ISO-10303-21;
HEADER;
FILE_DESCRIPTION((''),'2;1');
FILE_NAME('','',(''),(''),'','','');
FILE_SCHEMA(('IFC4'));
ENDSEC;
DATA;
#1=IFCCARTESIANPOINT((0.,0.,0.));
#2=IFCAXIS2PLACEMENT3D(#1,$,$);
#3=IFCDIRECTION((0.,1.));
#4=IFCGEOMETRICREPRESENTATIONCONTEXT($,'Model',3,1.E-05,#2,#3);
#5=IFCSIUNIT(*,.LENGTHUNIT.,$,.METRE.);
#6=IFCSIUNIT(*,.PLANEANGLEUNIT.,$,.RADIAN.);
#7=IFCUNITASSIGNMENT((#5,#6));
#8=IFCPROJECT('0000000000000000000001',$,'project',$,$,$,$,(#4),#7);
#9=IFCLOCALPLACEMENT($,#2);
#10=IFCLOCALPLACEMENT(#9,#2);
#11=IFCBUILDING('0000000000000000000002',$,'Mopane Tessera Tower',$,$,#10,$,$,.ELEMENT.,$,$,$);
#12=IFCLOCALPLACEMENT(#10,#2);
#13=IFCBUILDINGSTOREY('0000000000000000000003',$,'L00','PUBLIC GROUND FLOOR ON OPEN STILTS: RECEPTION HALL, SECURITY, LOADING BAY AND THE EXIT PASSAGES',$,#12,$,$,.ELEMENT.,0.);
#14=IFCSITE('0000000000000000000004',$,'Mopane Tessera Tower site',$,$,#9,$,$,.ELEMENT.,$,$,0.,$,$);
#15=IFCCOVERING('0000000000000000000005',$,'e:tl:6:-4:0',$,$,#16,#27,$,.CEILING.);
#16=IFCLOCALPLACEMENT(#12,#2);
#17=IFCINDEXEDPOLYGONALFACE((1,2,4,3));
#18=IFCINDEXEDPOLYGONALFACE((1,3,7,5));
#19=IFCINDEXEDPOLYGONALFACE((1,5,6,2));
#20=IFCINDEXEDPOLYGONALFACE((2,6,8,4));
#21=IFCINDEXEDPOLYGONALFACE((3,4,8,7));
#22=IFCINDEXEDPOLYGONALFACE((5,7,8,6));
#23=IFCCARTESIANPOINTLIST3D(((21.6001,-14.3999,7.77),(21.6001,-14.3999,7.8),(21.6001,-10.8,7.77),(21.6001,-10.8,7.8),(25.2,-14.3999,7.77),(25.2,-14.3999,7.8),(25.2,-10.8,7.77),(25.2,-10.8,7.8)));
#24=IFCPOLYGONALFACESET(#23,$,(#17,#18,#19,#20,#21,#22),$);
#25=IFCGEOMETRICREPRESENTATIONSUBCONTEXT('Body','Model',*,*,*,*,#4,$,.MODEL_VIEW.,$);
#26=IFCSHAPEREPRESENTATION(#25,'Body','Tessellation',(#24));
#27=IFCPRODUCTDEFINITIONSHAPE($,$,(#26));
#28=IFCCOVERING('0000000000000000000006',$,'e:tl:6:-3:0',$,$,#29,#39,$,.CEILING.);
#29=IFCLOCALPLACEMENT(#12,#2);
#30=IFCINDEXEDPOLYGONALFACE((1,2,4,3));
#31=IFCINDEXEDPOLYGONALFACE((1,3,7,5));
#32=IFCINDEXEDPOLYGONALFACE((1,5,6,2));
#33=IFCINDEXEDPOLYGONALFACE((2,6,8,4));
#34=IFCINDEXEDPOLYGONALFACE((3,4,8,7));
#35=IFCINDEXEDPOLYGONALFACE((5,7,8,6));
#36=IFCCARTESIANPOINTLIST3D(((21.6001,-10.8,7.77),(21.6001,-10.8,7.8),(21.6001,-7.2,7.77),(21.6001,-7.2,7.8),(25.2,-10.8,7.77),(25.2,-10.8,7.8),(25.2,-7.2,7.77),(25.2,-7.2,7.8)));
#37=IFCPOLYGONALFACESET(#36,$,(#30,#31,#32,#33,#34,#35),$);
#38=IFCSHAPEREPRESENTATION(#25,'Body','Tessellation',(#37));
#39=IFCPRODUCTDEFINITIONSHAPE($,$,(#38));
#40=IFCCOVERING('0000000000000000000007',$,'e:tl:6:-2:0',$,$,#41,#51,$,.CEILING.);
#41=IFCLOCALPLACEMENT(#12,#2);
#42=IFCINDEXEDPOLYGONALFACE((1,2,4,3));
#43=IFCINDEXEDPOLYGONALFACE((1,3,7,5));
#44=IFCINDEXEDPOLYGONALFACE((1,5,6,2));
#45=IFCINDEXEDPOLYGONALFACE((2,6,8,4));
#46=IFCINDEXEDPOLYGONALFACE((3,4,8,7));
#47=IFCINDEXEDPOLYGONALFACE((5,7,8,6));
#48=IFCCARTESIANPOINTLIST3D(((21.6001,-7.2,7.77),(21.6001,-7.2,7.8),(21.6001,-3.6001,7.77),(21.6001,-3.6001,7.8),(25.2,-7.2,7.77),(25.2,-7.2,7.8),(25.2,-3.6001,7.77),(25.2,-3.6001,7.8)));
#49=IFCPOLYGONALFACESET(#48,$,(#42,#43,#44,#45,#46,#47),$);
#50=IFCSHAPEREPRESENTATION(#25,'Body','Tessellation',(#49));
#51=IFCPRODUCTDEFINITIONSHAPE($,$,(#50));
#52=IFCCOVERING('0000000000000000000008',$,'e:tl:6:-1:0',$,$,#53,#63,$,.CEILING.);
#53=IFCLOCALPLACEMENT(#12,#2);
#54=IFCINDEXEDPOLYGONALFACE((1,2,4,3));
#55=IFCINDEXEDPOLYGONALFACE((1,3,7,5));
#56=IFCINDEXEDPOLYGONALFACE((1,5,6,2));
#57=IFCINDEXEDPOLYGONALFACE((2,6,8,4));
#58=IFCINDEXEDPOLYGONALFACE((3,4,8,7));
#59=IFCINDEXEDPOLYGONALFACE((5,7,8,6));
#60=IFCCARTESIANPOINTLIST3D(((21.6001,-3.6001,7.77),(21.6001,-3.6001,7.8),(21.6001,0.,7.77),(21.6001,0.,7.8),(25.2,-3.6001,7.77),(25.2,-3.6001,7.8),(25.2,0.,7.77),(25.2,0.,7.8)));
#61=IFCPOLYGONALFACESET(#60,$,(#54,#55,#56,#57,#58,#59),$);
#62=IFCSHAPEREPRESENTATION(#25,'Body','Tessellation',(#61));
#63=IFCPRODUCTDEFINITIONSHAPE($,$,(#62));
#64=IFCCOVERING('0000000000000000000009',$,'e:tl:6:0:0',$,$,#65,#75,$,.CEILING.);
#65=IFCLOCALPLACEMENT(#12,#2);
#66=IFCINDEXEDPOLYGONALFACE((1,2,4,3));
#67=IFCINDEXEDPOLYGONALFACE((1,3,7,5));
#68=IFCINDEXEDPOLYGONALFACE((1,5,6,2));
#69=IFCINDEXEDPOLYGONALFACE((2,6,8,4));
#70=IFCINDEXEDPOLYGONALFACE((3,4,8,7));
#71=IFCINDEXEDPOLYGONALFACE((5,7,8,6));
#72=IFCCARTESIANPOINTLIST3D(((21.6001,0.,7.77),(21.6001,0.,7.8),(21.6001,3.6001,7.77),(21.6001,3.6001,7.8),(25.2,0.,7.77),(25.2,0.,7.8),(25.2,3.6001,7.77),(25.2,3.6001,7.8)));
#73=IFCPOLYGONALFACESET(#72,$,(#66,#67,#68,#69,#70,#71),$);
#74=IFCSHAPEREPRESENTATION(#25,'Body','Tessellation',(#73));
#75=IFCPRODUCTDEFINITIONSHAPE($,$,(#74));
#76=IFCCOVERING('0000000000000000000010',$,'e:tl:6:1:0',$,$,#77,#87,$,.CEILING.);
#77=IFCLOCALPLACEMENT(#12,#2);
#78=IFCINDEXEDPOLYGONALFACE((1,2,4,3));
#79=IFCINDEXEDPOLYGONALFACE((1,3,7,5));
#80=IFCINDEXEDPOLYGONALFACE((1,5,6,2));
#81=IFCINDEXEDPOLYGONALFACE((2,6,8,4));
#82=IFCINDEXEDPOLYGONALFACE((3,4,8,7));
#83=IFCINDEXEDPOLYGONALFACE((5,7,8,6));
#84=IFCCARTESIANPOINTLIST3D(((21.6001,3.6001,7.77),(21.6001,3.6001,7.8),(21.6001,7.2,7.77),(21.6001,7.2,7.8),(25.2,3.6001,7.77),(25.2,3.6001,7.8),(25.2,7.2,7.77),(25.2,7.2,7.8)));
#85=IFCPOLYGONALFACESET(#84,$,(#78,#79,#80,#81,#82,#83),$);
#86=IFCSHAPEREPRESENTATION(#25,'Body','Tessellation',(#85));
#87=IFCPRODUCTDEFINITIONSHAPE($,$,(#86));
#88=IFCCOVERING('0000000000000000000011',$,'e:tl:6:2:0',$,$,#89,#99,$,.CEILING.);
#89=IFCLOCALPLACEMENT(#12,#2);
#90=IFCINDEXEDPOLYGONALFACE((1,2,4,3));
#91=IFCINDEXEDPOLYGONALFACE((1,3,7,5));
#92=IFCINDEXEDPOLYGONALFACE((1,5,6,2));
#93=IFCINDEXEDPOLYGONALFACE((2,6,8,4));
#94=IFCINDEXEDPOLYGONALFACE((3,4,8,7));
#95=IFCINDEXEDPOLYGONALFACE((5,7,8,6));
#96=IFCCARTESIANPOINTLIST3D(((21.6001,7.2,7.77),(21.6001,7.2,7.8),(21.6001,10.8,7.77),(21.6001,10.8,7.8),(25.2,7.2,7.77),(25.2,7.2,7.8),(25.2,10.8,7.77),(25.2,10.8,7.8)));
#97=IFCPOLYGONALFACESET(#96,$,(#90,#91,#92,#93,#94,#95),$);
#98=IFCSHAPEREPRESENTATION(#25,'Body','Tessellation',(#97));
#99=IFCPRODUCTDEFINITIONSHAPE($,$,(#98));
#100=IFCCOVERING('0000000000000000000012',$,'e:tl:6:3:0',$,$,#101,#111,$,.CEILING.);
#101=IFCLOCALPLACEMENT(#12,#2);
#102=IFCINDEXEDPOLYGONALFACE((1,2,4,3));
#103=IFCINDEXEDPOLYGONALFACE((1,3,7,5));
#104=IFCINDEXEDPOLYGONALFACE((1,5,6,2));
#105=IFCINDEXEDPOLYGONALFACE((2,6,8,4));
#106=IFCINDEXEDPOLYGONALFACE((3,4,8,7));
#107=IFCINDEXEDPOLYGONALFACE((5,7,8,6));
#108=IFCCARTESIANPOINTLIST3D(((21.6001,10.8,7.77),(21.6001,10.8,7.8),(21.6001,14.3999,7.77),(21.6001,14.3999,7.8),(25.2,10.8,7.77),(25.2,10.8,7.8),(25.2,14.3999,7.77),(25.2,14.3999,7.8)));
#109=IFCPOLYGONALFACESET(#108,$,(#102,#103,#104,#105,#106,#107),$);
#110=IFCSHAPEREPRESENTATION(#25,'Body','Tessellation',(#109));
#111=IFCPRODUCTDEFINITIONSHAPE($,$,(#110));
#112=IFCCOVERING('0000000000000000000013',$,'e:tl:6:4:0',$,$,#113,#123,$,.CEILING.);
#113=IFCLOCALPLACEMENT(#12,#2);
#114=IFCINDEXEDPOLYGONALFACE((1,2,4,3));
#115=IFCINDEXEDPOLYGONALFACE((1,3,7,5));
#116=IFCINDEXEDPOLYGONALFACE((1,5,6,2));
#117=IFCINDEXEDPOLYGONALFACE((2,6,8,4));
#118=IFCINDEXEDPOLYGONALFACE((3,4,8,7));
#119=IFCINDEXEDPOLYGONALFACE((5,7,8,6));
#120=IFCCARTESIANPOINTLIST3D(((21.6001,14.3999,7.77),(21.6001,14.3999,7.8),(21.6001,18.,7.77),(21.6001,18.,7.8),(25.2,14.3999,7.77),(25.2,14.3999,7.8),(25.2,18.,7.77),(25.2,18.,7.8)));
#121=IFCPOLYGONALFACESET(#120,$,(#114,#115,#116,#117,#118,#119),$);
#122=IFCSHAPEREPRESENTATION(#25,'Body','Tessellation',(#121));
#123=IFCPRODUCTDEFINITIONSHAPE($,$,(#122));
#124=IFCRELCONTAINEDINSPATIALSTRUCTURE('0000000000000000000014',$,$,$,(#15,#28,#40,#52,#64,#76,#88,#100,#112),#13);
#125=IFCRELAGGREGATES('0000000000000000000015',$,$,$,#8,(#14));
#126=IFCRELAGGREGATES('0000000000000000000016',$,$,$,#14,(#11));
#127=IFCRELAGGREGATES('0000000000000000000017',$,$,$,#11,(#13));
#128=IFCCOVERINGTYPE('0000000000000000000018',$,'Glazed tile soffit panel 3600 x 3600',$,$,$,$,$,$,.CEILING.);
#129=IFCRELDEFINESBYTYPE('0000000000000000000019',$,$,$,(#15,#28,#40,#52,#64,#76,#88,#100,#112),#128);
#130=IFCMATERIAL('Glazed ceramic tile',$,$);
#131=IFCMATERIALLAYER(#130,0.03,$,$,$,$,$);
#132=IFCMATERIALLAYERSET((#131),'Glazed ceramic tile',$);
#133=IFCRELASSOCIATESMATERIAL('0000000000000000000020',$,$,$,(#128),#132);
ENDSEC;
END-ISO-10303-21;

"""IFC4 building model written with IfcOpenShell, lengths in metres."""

from ifc_helpers import new_model, si_unit, direction, frame, origin, place, context, subcontext, project, spatial, polyline, outline, extrude, material, layer, layer_set, type_object, element, save


model = new_model("IFC4")

# Units and contexts
model_context = context("Model", 3, precision=1e-05, world=origin(), true_north=direction((0.0, 1.0)))
body_context = subcontext(model_context, "Body", "Model", "MODEL_VIEW")
ifc_project = project(units=[si_unit("LENGTHUNIT", "METRE"), si_unit("PLANEANGLEUNIT", "RADIAN")], contexts=[model_context])

# Site, building, storey
site_placement = place(None, origin())
site = spatial("IfcSite", under=ifc_project, at=site_placement, Name="Mopane Tessera Tower site", CompositionType="ELEMENT", RefElevation=0.0)
building_placement = place(site_placement, origin())
building = spatial("IfcBuilding", under=site, at=building_placement, Name="Mopane Tessera Tower", CompositionType="ELEMENT")
storey_placement = place(building_placement, origin())
storey = spatial("IfcBuildingStorey", under=building, at=storey_placement, Name="L00", Description="PUBLIC GROUND FLOOR ON OPEN STILTS: RECEPTION HALL, SECURITY, LOADING BAY AND THE EXIT PASSAGES", CompositionType="ELEMENT", Elevation=0.0)

# Coverings
ifc_material_1 = material(Name="Glazed ceramic tile")
ifc_layer_1 = layer(ifc_material_1, 0.03)
ifc_layer_set_1 = layer_set([ifc_layer_1], Name="Glazed ceramic tile")
covering_type = type_object("IfcCoveringType", Name="Glazed tile soffit panel 3600 x 3600", PredefinedType="CEILING", material=ifc_layer_set_1)
covering_1_placement = place(storey_placement, frame((0.0, 0.0, 7.77)))
element("IfcCovering", 1, at=covering_1_placement, inside=storey, type_object=covering_type, Name="e:tl:6:-4:0", PredefinedType="CEILING", context=body_context, shape_type="SweptSolid", body=[
    extrude(outline(polyline([(21.6001, -14.3999), (21.6001, -10.8), (25.2, -10.8), (25.2, -14.3999), (21.6001, -14.3999)])), origin(), (0.0, 0.0, 1.0), 0.03),
])
covering_2_placement = place(storey_placement, frame((0.0, 0.0, 7.77)))
element("IfcCovering", 2, at=covering_2_placement, inside=storey, type_object=covering_type, Name="e:tl:6:-3:0", PredefinedType="CEILING", context=body_context, shape_type="SweptSolid", body=[
    extrude(outline(polyline([(21.6001, -10.8), (21.6001, -7.2), (25.2, -7.2), (25.2, -10.8), (21.6001, -10.8)])), origin(), (0.0, 0.0, 1.0), 0.03),
])
covering_3_placement = place(storey_placement, frame((0.0, 0.0, 7.77)))
element("IfcCovering", 3, at=covering_3_placement, inside=storey, type_object=covering_type, Name="e:tl:6:-2:0", PredefinedType="CEILING", context=body_context, shape_type="SweptSolid", body=[
    extrude(outline(polyline([(21.6001, -7.2), (21.6001, -3.6001), (25.2, -3.6001), (25.2, -7.2), (21.6001, -7.2)])), origin(), (0.0, 0.0, 1.0), 0.03),
])
covering_4_placement = place(storey_placement, frame((0.0, 0.0, 7.77)))
element("IfcCovering", 4, at=covering_4_placement, inside=storey, type_object=covering_type, Name="e:tl:6:-1:0", PredefinedType="CEILING", context=body_context, shape_type="SweptSolid", body=[
    extrude(outline(polyline([(21.6001, -3.6001), (21.6001, 0.0), (25.2, 0.0), (25.2, -3.6001), (21.6001, -3.6001)])), origin(), (0.0, 0.0, 1.0), 0.03),
])
covering_5_placement = place(storey_placement, frame((0.0, 0.0, 7.77)))
element("IfcCovering", 5, at=covering_5_placement, inside=storey, type_object=covering_type, Name="e:tl:6:0:0", PredefinedType="CEILING", context=body_context, shape_type="SweptSolid", body=[
    extrude(outline(polyline([(21.6001, 0.0), (21.6001, 3.6001), (25.2, 3.6001), (25.2, 0.0), (21.6001, 0.0)])), origin(), (0.0, 0.0, 1.0), 0.03),
])
covering_6_placement = place(storey_placement, frame((0.0, 0.0, 7.77)))
element("IfcCovering", 6, at=covering_6_placement, inside=storey, type_object=covering_type, Name="e:tl:6:1:0", PredefinedType="CEILING", context=body_context, shape_type="SweptSolid", body=[
    extrude(outline(polyline([(21.6001, 3.6001), (21.6001, 7.2), (25.2, 7.2), (25.2, 3.6001), (21.6001, 3.6001)])), origin(), (0.0, 0.0, 1.0), 0.03),
])
covering_7_placement = place(storey_placement, frame((0.0, 0.0, 7.77)))
element("IfcCovering", 7, at=covering_7_placement, inside=storey, type_object=covering_type, Name="e:tl:6:2:0", PredefinedType="CEILING", context=body_context, shape_type="SweptSolid", body=[
    extrude(outline(polyline([(21.6001, 7.2), (21.6001, 10.8), (25.2, 10.8), (25.2, 7.2), (21.6001, 7.2)])), origin(), (0.0, 0.0, 1.0), 0.03),
])
covering_8_placement = place(storey_placement, frame((0.0, 0.0, 7.77)))
element("IfcCovering", 8, at=covering_8_placement, inside=storey, type_object=covering_type, Name="e:tl:6:3:0", PredefinedType="CEILING", context=body_context, shape_type="SweptSolid", body=[
    extrude(outline(polyline([(21.6001, 10.8), (21.6001, 14.3999), (25.2, 14.3999), (25.2, 10.8), (21.6001, 10.8)])), origin(), (0.0, 0.0, 1.0), 0.03),
])
covering_9_placement = place(storey_placement, frame((0.0, 0.0, 7.77)))
element("IfcCovering", 9, at=covering_9_placement, inside=storey, type_object=covering_type, Name="e:tl:6:4:0", PredefinedType="CEILING", context=body_context, shape_type="SweptSolid", body=[
    extrude(outline(polyline([(21.6001, 14.3999), (21.6001, 18.0), (25.2, 18.0), (25.2, 14.3999), (21.6001, 14.3999)])), origin(), (0.0, 0.0, 1.0), 0.03),
])

save(model, "model.ifc")
